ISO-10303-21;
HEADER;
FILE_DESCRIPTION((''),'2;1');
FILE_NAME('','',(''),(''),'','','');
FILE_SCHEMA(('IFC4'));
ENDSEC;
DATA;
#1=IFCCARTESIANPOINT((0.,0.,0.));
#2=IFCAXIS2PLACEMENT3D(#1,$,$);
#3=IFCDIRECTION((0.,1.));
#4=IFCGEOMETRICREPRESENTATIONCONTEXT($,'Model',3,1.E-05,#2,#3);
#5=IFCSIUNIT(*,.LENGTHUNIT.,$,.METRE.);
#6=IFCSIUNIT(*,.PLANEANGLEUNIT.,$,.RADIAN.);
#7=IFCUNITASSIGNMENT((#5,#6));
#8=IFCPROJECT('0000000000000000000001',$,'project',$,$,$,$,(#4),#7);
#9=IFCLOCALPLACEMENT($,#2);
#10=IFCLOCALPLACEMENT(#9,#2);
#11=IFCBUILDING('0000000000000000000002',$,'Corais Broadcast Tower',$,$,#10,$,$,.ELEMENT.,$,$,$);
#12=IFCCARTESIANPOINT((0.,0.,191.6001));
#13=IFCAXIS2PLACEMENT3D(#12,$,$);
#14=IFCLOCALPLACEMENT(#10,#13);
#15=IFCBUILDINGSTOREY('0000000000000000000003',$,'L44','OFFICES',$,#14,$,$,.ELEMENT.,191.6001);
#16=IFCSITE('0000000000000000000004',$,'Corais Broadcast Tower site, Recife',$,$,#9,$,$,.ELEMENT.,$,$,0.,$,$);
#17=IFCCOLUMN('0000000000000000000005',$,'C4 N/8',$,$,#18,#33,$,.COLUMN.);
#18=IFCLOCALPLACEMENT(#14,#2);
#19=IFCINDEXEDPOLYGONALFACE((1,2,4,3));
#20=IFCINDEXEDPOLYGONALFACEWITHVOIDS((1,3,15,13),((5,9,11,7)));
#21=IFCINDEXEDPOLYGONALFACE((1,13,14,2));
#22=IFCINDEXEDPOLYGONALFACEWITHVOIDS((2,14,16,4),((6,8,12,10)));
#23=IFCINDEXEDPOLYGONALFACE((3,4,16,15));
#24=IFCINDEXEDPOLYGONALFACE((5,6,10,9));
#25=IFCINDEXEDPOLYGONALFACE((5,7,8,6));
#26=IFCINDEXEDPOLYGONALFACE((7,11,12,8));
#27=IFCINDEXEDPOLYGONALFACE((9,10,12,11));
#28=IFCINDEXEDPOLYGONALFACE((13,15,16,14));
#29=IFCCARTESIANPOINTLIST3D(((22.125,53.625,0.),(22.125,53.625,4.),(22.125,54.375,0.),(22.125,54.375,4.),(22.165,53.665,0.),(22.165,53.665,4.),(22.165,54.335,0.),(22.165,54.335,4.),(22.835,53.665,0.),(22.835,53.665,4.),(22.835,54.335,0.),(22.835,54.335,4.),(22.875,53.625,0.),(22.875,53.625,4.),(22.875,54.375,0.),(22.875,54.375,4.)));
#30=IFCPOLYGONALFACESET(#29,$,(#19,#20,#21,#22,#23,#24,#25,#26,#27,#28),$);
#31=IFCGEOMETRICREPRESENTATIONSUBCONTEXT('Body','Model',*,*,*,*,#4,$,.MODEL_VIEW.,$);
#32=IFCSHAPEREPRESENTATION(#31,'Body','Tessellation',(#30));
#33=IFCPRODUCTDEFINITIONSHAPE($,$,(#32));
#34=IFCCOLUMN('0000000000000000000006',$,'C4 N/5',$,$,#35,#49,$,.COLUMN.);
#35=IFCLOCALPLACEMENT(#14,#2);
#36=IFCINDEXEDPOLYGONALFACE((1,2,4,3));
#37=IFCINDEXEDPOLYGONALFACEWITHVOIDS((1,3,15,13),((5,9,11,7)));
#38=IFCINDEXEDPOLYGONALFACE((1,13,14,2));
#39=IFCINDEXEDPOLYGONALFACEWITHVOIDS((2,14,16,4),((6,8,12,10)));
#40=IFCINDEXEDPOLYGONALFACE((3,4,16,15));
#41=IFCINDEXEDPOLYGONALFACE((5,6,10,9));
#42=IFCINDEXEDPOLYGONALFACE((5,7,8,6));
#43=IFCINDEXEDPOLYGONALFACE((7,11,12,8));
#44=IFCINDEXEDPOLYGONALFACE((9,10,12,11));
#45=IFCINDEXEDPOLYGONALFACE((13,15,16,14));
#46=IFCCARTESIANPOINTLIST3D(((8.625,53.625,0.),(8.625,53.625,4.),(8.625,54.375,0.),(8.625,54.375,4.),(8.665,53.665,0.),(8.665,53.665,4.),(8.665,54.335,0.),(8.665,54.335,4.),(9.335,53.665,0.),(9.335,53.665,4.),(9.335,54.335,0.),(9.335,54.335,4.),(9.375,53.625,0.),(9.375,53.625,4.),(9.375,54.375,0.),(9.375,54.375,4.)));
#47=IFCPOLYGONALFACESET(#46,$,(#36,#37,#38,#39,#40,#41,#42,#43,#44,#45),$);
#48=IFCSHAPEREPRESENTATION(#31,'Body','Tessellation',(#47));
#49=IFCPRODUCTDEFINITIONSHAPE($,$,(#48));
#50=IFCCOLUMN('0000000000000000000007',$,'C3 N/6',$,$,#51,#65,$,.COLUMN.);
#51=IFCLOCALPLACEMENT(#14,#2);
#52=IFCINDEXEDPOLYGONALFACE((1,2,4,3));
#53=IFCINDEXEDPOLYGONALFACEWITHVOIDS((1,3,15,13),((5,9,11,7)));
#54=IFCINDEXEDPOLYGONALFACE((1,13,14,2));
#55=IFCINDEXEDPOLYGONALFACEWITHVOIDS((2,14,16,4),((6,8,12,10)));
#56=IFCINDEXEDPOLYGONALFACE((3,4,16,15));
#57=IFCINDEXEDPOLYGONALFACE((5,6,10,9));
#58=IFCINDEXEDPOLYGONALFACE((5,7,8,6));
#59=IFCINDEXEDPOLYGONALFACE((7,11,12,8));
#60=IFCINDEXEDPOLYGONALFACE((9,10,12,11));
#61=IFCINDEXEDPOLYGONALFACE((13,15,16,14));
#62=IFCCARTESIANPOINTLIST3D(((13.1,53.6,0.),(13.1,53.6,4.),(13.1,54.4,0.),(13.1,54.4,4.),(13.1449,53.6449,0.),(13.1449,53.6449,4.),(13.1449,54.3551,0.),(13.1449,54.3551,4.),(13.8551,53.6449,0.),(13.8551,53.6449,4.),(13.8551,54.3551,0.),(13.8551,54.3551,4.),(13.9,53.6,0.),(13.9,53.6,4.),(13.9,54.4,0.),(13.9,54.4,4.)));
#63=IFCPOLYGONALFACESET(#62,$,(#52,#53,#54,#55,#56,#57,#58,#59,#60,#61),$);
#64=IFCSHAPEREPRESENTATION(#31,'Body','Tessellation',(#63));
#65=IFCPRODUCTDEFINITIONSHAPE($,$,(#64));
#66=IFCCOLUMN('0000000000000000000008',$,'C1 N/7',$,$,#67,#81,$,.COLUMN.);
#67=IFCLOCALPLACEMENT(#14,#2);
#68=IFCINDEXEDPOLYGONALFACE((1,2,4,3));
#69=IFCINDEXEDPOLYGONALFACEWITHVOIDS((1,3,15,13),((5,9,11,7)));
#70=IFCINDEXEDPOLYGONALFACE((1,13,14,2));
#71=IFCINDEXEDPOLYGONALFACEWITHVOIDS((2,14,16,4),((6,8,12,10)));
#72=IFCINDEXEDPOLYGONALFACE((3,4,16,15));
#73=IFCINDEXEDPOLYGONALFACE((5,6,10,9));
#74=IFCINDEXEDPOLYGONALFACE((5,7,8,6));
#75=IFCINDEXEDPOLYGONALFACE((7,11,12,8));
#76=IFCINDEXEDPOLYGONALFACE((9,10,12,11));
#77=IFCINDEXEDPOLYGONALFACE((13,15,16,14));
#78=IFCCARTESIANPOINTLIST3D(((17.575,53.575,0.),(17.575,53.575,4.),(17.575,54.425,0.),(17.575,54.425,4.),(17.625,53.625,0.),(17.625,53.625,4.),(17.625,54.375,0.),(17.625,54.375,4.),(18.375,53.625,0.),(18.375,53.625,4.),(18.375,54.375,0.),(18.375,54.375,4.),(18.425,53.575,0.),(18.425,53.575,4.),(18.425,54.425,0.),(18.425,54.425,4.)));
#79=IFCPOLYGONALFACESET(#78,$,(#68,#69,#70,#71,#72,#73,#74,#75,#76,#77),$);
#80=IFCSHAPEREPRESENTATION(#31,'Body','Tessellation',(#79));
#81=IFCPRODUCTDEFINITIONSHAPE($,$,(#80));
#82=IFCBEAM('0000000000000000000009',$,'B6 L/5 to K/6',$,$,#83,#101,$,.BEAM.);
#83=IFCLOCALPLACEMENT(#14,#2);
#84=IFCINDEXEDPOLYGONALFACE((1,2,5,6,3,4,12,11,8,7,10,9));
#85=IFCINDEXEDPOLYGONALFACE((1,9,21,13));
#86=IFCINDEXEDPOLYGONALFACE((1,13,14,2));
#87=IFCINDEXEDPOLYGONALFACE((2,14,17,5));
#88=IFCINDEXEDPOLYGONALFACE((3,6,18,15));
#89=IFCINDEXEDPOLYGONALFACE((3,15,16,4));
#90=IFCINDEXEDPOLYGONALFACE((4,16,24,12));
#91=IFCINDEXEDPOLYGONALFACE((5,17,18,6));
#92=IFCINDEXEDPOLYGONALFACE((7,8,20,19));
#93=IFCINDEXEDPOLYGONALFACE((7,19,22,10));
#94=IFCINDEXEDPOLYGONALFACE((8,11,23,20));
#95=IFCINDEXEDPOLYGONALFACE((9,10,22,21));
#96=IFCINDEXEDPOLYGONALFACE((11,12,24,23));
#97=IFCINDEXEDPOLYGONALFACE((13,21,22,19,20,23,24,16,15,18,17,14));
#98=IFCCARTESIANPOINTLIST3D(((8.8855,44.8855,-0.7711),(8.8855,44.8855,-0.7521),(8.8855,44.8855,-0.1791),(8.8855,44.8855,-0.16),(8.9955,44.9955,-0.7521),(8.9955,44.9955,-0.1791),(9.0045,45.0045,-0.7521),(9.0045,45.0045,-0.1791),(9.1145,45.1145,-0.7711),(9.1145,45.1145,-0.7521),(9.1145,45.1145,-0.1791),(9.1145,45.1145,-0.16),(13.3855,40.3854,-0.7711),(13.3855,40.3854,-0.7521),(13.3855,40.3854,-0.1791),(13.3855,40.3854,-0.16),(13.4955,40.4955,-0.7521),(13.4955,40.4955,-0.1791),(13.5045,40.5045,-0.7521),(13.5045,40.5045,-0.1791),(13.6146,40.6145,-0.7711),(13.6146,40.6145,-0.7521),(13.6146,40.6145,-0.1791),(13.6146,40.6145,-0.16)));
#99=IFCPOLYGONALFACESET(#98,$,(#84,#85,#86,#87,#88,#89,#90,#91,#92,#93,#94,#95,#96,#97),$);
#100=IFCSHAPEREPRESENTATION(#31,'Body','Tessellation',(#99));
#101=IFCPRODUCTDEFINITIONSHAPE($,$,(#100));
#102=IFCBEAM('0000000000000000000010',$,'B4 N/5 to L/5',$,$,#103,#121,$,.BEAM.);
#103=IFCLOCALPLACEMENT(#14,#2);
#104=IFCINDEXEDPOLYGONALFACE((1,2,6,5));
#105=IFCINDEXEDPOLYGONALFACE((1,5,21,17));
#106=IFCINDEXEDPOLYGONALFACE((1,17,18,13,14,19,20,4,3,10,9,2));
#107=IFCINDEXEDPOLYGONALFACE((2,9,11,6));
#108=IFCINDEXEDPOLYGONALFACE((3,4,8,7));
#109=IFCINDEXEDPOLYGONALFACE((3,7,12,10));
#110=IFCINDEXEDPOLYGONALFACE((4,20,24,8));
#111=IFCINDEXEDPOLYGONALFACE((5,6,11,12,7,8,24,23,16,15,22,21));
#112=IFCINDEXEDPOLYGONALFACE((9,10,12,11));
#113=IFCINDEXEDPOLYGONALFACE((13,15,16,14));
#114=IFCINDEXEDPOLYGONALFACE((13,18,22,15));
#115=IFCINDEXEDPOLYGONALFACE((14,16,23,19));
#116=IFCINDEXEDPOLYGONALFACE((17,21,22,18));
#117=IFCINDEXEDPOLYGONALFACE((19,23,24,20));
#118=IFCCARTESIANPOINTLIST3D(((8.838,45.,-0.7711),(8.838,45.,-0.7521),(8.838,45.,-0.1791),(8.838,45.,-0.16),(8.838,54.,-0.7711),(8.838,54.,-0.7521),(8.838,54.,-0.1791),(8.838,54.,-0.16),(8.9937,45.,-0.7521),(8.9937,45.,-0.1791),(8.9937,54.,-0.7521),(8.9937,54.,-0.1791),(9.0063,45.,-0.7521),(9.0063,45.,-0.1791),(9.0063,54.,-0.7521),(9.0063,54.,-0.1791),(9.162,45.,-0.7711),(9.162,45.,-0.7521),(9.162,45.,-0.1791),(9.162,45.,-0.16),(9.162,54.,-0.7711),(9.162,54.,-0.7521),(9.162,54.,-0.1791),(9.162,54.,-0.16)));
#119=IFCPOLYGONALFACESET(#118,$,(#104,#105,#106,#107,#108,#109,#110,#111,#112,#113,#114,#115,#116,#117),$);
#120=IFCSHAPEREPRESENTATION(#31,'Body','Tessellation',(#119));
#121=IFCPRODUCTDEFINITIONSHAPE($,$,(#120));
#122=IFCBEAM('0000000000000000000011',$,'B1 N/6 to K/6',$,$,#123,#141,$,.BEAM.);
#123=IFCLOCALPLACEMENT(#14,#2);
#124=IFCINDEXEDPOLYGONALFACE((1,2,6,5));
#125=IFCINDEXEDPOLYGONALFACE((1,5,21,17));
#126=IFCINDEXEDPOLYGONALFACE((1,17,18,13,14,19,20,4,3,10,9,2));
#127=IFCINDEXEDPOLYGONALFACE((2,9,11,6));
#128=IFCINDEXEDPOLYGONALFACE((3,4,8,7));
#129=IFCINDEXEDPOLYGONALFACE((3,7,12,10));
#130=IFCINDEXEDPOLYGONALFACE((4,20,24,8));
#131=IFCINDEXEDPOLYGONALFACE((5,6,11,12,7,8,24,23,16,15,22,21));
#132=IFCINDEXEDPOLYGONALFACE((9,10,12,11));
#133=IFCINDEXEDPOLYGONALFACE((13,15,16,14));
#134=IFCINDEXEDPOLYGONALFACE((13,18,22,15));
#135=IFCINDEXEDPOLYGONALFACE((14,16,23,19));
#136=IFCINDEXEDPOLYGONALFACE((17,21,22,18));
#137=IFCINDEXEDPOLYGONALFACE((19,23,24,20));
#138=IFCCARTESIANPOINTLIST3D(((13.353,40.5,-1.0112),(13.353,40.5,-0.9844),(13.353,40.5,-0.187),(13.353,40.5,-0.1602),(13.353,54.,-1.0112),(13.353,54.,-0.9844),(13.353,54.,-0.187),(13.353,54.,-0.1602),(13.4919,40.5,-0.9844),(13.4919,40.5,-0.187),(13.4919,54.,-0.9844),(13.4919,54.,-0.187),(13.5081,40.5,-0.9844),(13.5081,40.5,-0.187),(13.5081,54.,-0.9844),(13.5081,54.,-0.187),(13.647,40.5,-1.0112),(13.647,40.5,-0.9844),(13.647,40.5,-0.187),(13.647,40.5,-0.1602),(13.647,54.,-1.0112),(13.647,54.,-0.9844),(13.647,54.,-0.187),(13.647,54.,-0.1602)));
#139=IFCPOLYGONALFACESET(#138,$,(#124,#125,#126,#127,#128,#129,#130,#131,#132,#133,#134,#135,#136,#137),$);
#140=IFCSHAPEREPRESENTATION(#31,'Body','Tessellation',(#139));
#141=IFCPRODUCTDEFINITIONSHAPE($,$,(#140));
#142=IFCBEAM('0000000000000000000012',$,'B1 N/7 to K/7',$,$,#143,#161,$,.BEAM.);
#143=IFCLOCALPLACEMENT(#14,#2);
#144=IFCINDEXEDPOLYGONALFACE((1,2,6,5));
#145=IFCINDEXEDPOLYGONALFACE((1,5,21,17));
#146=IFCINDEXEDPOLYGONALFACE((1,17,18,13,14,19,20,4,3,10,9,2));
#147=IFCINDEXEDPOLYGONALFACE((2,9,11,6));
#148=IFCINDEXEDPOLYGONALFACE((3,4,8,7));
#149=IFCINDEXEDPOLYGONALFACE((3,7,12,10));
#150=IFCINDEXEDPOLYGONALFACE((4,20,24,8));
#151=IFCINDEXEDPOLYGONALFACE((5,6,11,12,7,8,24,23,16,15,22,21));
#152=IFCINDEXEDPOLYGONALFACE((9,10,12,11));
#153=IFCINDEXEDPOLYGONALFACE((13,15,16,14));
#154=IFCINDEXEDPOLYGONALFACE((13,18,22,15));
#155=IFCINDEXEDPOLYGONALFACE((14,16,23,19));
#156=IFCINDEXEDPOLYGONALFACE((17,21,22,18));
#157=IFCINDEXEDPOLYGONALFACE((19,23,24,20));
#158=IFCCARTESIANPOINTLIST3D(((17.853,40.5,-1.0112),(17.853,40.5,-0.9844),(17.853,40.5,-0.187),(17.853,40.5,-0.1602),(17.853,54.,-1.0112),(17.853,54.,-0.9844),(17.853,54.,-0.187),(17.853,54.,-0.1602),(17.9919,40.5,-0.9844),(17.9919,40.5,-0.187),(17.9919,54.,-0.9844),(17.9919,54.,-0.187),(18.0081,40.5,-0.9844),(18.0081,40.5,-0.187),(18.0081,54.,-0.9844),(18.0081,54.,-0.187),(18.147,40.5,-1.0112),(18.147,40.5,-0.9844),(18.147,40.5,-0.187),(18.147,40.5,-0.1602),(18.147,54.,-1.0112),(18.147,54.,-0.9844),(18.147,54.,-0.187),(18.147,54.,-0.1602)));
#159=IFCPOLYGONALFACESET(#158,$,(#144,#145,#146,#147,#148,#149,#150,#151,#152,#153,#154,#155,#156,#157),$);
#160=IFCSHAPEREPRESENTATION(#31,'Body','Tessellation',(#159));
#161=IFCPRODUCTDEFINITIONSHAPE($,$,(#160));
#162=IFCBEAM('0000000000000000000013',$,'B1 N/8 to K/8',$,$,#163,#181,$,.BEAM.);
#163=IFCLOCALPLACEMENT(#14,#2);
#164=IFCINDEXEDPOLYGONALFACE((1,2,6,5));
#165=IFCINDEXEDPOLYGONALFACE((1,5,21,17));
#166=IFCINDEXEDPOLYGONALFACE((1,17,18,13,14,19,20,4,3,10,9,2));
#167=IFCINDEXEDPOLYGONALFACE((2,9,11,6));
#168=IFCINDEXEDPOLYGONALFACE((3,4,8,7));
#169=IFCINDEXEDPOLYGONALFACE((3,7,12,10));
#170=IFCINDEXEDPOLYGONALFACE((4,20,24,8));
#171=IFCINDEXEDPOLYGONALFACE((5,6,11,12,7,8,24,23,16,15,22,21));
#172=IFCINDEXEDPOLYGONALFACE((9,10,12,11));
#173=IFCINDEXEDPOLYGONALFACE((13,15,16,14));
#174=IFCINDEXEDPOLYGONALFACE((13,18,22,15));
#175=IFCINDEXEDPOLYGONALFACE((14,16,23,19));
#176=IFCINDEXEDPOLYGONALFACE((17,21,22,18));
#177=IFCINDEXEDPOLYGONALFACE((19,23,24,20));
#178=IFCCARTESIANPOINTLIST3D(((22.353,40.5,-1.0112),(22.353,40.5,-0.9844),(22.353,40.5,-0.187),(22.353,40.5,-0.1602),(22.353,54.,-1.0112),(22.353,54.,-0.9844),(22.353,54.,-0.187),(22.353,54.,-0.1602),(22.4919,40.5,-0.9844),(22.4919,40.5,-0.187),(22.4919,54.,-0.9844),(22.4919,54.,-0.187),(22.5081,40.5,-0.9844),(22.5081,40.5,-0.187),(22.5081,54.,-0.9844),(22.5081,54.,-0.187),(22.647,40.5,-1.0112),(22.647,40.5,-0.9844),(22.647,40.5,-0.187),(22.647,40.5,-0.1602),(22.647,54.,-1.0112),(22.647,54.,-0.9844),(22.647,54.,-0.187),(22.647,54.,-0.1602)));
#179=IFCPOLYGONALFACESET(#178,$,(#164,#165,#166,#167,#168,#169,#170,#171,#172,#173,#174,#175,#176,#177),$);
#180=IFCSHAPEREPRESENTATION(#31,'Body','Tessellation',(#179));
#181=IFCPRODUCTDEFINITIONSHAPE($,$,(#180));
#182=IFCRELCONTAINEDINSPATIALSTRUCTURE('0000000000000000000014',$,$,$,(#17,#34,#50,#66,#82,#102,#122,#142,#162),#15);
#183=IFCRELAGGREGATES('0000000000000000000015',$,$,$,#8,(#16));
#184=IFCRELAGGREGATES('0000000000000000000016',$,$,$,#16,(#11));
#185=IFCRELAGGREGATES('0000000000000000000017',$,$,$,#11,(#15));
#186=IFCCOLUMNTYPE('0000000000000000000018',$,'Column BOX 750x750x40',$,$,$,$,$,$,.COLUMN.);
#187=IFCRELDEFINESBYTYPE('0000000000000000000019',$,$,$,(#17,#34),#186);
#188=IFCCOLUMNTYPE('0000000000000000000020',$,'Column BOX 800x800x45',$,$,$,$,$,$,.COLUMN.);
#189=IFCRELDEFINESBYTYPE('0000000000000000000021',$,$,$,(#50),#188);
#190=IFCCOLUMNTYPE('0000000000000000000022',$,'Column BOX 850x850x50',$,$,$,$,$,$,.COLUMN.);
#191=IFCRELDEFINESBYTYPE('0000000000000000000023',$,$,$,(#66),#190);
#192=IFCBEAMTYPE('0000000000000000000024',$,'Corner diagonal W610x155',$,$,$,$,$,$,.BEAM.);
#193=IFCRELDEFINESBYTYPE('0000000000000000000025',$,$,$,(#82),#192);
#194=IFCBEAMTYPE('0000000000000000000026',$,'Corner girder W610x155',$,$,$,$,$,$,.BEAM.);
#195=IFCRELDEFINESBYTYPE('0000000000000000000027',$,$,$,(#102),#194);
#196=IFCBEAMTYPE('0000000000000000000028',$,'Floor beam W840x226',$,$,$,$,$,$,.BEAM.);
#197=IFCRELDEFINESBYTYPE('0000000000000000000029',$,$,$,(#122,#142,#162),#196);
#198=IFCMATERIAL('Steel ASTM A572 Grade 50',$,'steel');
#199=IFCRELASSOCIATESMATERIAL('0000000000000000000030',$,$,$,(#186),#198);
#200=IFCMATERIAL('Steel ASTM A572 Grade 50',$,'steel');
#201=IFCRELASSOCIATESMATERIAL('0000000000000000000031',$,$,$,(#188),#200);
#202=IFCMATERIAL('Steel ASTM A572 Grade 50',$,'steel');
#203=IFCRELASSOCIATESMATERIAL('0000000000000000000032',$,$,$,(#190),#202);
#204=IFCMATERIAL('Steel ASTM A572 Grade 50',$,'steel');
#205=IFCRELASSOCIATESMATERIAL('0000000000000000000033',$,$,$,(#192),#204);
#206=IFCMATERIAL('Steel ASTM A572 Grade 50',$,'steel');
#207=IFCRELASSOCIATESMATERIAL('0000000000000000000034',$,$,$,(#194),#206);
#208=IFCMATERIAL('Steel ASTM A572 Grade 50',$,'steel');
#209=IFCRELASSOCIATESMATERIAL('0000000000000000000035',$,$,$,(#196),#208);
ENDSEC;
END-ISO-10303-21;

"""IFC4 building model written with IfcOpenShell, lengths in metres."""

from ifc_helpers import new_model, si_unit, direction, frame, origin, origin_2d, place, context, subcontext, project, spatial, hollow_rectangle, i_section, extrude, material, material_profile, profile_set, type_object, element, save


model = new_model("IFC4")

# Units and contexts
model_context = context("Model", 3, precision=1e-05, world=origin(), true_north=direction((0.0, 1.0)))
body_context = subcontext(model_context, "Body", "Model", "MODEL_VIEW")
ifc_project = project(units=[si_unit("LENGTHUNIT", "METRE"), si_unit("PLANEANGLEUNIT", "RADIAN")], contexts=[model_context])

# Site, building, storey
site_placement = place(None, origin())
site = spatial("IfcSite", under=ifc_project, at=site_placement, Name="Corais Broadcast Tower site, Recife", CompositionType="ELEMENT", RefElevation=0.0)
building_placement = place(site_placement, origin())
building = spatial("IfcBuilding", under=site, at=building_placement, Name="Corais Broadcast Tower", CompositionType="ELEMENT")
storey_placement = place(building_placement, frame((0.0, 0.0, 191.6001)))
storey = spatial("IfcBuildingStorey", under=building, at=storey_placement, Name="L44", Description="OFFICES", CompositionType="ELEMENT", Elevation=191.6001)

# Columns
ifc_material_1 = material(Name="Steel ASTM A572 Grade 50", Category="steel")
ifc_material_profile_1 = material_profile(ifc_material_1, hollow_rectangle(XDim=0.75, YDim=0.75, WallThickness=0.04, at=origin_2d()), Name="BOX 750x750x40")
ifc_profile_set_1 = profile_set([ifc_material_profile_1], Name="Steel ASTM A572 Grade 50")
column_type_1 = type_object("IfcColumnType", Name="Column BOX 750x750x40", PredefinedType="COLUMN", material=ifc_profile_set_1)
for number, where, z_axis, x_axis, name in (
    (1, (22.5, 54.0, 0.0), (0.0, 0.0, 1.0), (1.0, 0.0, 0.0), "C4 N/8"),
    (2, (9.0, 54.0, 0.0), (0.0, 0.0, 1.0), (1.0, 0.0, 0.0), "C4 N/5"),
):
    element("IfcColumn", number, at=place(storey_placement, frame(where, z_axis=z_axis, x_axis=x_axis)), inside=storey, type_object=column_type_1, Name=name, PredefinedType="COLUMN", context=body_context, shape_type="SweptSolid", body=[
        extrude(hollow_rectangle(XDim=0.75, YDim=0.75, WallThickness=0.04, at=origin_2d()), origin(), (0.0, 0.0, 1.0), 4.0),
    ])
ifc_material_2 = material(Name="Steel ASTM A572 Grade 50", Category="steel")
ifc_material_profile_2 = material_profile(ifc_material_2, hollow_rectangle(XDim=0.8, YDim=0.8, WallThickness=0.0449, at=origin_2d()), Name="BOX 800x800x45")
ifc_profile_set_2 = profile_set([ifc_material_profile_2], Name="Steel ASTM A572 Grade 50")
column_type_2 = type_object("IfcColumnType", Name="Column BOX 800x800x45", PredefinedType="COLUMN", material=ifc_profile_set_2)
column_1_placement = place(storey_placement, frame((13.5, 54.0, 0.0), z_axis=(0.0, 0.0, 1.0), x_axis=(1.0, 0.0, 0.0)))
element("IfcColumn", 3, at=column_1_placement, inside=storey, type_object=column_type_2, Name="C3 N/6", PredefinedType="COLUMN", context=body_context, shape_type="SweptSolid", body=[
    extrude(hollow_rectangle(XDim=0.8, YDim=0.8, WallThickness=0.0449, at=origin_2d()), origin(), (0.0, 0.0, 1.0), 4.0),
])
ifc_material_3 = material(Name="Steel ASTM A572 Grade 50", Category="steel")
ifc_material_profile_3 = material_profile(ifc_material_3, hollow_rectangle(XDim=0.8501, YDim=0.8501, WallThickness=0.05, at=origin_2d()), Name="BOX 850x850x50")
ifc_profile_set_3 = profile_set([ifc_material_profile_3], Name="Steel ASTM A572 Grade 50")
column_type_3 = type_object("IfcColumnType", Name="Column BOX 850x850x50", PredefinedType="COLUMN", material=ifc_profile_set_3)
column_2_placement = place(storey_placement, frame((18.0, 54.0, 0.0), z_axis=(0.0, 0.0, 1.0), x_axis=(1.0, 0.0, 0.0)))
element("IfcColumn", 4, at=column_2_placement, inside=storey, type_object=column_type_3, Name="C1 N/7", PredefinedType="COLUMN", context=body_context, shape_type="SweptSolid", body=[
    extrude(hollow_rectangle(XDim=0.8501, YDim=0.8501, WallThickness=0.05, at=origin_2d()), origin(), (0.0, 0.0, 1.0), 4.0),
])

# Beams
ifc_material_4 = material(Name="Steel ASTM A572 Grade 50", Category="steel")
ifc_material_profile_4 = material_profile(ifc_material_4, i_section(OverallWidth=0.324, OverallDepth=0.6111, WebThickness=0.0127, FlangeThickness=0.019, at=origin_2d()), Name="W610x155")
ifc_profile_set_4 = profile_set([ifc_material_profile_4], Name="Steel ASTM A572 Grade 50")
beam_type_1 = type_object("IfcBeamType", Name="Corner diagonal W610x155", PredefinedType="BEAM", material=ifc_profile_set_4)
beam_1_placement = place(storey_placement, frame((9.0, 45.0, -0.4656), z_axis=(0.707107, -0.707107, 0.0), x_axis=(0.707107, 0.707107, 0.0)))
element("IfcBeam", 5, at=beam_1_placement, inside=storey, type_object=beam_type_1, Name="B6 L/5 to K/6", PredefinedType="BEAM", context=body_context, shape_type="SweptSolid", body=[
    extrude(i_section(OverallWidth=0.324, OverallDepth=0.6111, WebThickness=0.0127, FlangeThickness=0.019, at=origin_2d()), origin(), (0.0, 0.0, 1.0), 6.364),
])
ifc_material_5 = material(Name="Steel ASTM A572 Grade 50", Category="steel")
ifc_material_profile_5 = material_profile(ifc_material_5, i_section(OverallWidth=0.324, OverallDepth=0.6111, WebThickness=0.0127, FlangeThickness=0.019, at=origin_2d()), Name="W610x155")
ifc_profile_set_5 = profile_set([ifc_material_profile_5], Name="Steel ASTM A572 Grade 50")
beam_type_2 = type_object("IfcBeamType", Name="Corner girder W610x155", PredefinedType="BEAM", material=ifc_profile_set_5)
beam_2_placement = place(storey_placement, frame((9.0, 54.0, -0.4656), z_axis=(0.0, -1.0, 0.0), x_axis=(1.0, 0.0, 0.0)))
element("IfcBeam", 6, at=beam_2_placement, inside=storey, type_object=beam_type_2, Name="B4 N/5 to L/5", PredefinedType="BEAM", context=body_context, shape_type="SweptSolid", body=[
    extrude(i_section(OverallWidth=0.324, OverallDepth=0.6111, WebThickness=0.0127, FlangeThickness=0.019, at=origin_2d()), origin(), (0.0, 0.0, 1.0), 9.0),
])
ifc_material_6 = material(Name="Steel ASTM A572 Grade 50", Category="steel")
ifc_material_profile_6 = material_profile(ifc_material_6, i_section(OverallWidth=0.2939, OverallDepth=0.8511, WebThickness=0.0161, FlangeThickness=0.0269, at=origin_2d()), Name="W840x226")
ifc_profile_set_6 = profile_set([ifc_material_profile_6], Name="Steel ASTM A572 Grade 50")
beam_type_3 = type_object("IfcBeamType", Name="Floor beam W840x226", PredefinedType="BEAM", material=ifc_profile_set_6)
for number, where, z_axis, x_axis, name in (
    (7, (13.5, 54.0, -0.5857), (0.0, -1.0, 0.0), (1.0, 0.0, 0.0), "B1 N/6 to K/6"),
    (8, (18.0, 54.0, -0.5857), (0.0, -1.0, 0.0), (1.0, 0.0, 0.0), "B1 N/7 to K/7"),
    (9, (22.5, 54.0, -0.5857), (0.0, -1.0, 0.0), (1.0, 0.0, 0.0), "B1 N/8 to K/8"),
):
    element("IfcBeam", number, at=place(storey_placement, frame(where, z_axis=z_axis, x_axis=x_axis)), inside=storey, type_object=beam_type_3, Name=name, PredefinedType="BEAM", context=body_context, shape_type="SweptSolid", body=[
        extrude(i_section(OverallWidth=0.2939, OverallDepth=0.8511, WebThickness=0.0161, FlangeThickness=0.0269, at=origin_2d()), origin(), (0.0, 0.0, 1.0), 13.5),
    ])

save(model, "model.ifc")
